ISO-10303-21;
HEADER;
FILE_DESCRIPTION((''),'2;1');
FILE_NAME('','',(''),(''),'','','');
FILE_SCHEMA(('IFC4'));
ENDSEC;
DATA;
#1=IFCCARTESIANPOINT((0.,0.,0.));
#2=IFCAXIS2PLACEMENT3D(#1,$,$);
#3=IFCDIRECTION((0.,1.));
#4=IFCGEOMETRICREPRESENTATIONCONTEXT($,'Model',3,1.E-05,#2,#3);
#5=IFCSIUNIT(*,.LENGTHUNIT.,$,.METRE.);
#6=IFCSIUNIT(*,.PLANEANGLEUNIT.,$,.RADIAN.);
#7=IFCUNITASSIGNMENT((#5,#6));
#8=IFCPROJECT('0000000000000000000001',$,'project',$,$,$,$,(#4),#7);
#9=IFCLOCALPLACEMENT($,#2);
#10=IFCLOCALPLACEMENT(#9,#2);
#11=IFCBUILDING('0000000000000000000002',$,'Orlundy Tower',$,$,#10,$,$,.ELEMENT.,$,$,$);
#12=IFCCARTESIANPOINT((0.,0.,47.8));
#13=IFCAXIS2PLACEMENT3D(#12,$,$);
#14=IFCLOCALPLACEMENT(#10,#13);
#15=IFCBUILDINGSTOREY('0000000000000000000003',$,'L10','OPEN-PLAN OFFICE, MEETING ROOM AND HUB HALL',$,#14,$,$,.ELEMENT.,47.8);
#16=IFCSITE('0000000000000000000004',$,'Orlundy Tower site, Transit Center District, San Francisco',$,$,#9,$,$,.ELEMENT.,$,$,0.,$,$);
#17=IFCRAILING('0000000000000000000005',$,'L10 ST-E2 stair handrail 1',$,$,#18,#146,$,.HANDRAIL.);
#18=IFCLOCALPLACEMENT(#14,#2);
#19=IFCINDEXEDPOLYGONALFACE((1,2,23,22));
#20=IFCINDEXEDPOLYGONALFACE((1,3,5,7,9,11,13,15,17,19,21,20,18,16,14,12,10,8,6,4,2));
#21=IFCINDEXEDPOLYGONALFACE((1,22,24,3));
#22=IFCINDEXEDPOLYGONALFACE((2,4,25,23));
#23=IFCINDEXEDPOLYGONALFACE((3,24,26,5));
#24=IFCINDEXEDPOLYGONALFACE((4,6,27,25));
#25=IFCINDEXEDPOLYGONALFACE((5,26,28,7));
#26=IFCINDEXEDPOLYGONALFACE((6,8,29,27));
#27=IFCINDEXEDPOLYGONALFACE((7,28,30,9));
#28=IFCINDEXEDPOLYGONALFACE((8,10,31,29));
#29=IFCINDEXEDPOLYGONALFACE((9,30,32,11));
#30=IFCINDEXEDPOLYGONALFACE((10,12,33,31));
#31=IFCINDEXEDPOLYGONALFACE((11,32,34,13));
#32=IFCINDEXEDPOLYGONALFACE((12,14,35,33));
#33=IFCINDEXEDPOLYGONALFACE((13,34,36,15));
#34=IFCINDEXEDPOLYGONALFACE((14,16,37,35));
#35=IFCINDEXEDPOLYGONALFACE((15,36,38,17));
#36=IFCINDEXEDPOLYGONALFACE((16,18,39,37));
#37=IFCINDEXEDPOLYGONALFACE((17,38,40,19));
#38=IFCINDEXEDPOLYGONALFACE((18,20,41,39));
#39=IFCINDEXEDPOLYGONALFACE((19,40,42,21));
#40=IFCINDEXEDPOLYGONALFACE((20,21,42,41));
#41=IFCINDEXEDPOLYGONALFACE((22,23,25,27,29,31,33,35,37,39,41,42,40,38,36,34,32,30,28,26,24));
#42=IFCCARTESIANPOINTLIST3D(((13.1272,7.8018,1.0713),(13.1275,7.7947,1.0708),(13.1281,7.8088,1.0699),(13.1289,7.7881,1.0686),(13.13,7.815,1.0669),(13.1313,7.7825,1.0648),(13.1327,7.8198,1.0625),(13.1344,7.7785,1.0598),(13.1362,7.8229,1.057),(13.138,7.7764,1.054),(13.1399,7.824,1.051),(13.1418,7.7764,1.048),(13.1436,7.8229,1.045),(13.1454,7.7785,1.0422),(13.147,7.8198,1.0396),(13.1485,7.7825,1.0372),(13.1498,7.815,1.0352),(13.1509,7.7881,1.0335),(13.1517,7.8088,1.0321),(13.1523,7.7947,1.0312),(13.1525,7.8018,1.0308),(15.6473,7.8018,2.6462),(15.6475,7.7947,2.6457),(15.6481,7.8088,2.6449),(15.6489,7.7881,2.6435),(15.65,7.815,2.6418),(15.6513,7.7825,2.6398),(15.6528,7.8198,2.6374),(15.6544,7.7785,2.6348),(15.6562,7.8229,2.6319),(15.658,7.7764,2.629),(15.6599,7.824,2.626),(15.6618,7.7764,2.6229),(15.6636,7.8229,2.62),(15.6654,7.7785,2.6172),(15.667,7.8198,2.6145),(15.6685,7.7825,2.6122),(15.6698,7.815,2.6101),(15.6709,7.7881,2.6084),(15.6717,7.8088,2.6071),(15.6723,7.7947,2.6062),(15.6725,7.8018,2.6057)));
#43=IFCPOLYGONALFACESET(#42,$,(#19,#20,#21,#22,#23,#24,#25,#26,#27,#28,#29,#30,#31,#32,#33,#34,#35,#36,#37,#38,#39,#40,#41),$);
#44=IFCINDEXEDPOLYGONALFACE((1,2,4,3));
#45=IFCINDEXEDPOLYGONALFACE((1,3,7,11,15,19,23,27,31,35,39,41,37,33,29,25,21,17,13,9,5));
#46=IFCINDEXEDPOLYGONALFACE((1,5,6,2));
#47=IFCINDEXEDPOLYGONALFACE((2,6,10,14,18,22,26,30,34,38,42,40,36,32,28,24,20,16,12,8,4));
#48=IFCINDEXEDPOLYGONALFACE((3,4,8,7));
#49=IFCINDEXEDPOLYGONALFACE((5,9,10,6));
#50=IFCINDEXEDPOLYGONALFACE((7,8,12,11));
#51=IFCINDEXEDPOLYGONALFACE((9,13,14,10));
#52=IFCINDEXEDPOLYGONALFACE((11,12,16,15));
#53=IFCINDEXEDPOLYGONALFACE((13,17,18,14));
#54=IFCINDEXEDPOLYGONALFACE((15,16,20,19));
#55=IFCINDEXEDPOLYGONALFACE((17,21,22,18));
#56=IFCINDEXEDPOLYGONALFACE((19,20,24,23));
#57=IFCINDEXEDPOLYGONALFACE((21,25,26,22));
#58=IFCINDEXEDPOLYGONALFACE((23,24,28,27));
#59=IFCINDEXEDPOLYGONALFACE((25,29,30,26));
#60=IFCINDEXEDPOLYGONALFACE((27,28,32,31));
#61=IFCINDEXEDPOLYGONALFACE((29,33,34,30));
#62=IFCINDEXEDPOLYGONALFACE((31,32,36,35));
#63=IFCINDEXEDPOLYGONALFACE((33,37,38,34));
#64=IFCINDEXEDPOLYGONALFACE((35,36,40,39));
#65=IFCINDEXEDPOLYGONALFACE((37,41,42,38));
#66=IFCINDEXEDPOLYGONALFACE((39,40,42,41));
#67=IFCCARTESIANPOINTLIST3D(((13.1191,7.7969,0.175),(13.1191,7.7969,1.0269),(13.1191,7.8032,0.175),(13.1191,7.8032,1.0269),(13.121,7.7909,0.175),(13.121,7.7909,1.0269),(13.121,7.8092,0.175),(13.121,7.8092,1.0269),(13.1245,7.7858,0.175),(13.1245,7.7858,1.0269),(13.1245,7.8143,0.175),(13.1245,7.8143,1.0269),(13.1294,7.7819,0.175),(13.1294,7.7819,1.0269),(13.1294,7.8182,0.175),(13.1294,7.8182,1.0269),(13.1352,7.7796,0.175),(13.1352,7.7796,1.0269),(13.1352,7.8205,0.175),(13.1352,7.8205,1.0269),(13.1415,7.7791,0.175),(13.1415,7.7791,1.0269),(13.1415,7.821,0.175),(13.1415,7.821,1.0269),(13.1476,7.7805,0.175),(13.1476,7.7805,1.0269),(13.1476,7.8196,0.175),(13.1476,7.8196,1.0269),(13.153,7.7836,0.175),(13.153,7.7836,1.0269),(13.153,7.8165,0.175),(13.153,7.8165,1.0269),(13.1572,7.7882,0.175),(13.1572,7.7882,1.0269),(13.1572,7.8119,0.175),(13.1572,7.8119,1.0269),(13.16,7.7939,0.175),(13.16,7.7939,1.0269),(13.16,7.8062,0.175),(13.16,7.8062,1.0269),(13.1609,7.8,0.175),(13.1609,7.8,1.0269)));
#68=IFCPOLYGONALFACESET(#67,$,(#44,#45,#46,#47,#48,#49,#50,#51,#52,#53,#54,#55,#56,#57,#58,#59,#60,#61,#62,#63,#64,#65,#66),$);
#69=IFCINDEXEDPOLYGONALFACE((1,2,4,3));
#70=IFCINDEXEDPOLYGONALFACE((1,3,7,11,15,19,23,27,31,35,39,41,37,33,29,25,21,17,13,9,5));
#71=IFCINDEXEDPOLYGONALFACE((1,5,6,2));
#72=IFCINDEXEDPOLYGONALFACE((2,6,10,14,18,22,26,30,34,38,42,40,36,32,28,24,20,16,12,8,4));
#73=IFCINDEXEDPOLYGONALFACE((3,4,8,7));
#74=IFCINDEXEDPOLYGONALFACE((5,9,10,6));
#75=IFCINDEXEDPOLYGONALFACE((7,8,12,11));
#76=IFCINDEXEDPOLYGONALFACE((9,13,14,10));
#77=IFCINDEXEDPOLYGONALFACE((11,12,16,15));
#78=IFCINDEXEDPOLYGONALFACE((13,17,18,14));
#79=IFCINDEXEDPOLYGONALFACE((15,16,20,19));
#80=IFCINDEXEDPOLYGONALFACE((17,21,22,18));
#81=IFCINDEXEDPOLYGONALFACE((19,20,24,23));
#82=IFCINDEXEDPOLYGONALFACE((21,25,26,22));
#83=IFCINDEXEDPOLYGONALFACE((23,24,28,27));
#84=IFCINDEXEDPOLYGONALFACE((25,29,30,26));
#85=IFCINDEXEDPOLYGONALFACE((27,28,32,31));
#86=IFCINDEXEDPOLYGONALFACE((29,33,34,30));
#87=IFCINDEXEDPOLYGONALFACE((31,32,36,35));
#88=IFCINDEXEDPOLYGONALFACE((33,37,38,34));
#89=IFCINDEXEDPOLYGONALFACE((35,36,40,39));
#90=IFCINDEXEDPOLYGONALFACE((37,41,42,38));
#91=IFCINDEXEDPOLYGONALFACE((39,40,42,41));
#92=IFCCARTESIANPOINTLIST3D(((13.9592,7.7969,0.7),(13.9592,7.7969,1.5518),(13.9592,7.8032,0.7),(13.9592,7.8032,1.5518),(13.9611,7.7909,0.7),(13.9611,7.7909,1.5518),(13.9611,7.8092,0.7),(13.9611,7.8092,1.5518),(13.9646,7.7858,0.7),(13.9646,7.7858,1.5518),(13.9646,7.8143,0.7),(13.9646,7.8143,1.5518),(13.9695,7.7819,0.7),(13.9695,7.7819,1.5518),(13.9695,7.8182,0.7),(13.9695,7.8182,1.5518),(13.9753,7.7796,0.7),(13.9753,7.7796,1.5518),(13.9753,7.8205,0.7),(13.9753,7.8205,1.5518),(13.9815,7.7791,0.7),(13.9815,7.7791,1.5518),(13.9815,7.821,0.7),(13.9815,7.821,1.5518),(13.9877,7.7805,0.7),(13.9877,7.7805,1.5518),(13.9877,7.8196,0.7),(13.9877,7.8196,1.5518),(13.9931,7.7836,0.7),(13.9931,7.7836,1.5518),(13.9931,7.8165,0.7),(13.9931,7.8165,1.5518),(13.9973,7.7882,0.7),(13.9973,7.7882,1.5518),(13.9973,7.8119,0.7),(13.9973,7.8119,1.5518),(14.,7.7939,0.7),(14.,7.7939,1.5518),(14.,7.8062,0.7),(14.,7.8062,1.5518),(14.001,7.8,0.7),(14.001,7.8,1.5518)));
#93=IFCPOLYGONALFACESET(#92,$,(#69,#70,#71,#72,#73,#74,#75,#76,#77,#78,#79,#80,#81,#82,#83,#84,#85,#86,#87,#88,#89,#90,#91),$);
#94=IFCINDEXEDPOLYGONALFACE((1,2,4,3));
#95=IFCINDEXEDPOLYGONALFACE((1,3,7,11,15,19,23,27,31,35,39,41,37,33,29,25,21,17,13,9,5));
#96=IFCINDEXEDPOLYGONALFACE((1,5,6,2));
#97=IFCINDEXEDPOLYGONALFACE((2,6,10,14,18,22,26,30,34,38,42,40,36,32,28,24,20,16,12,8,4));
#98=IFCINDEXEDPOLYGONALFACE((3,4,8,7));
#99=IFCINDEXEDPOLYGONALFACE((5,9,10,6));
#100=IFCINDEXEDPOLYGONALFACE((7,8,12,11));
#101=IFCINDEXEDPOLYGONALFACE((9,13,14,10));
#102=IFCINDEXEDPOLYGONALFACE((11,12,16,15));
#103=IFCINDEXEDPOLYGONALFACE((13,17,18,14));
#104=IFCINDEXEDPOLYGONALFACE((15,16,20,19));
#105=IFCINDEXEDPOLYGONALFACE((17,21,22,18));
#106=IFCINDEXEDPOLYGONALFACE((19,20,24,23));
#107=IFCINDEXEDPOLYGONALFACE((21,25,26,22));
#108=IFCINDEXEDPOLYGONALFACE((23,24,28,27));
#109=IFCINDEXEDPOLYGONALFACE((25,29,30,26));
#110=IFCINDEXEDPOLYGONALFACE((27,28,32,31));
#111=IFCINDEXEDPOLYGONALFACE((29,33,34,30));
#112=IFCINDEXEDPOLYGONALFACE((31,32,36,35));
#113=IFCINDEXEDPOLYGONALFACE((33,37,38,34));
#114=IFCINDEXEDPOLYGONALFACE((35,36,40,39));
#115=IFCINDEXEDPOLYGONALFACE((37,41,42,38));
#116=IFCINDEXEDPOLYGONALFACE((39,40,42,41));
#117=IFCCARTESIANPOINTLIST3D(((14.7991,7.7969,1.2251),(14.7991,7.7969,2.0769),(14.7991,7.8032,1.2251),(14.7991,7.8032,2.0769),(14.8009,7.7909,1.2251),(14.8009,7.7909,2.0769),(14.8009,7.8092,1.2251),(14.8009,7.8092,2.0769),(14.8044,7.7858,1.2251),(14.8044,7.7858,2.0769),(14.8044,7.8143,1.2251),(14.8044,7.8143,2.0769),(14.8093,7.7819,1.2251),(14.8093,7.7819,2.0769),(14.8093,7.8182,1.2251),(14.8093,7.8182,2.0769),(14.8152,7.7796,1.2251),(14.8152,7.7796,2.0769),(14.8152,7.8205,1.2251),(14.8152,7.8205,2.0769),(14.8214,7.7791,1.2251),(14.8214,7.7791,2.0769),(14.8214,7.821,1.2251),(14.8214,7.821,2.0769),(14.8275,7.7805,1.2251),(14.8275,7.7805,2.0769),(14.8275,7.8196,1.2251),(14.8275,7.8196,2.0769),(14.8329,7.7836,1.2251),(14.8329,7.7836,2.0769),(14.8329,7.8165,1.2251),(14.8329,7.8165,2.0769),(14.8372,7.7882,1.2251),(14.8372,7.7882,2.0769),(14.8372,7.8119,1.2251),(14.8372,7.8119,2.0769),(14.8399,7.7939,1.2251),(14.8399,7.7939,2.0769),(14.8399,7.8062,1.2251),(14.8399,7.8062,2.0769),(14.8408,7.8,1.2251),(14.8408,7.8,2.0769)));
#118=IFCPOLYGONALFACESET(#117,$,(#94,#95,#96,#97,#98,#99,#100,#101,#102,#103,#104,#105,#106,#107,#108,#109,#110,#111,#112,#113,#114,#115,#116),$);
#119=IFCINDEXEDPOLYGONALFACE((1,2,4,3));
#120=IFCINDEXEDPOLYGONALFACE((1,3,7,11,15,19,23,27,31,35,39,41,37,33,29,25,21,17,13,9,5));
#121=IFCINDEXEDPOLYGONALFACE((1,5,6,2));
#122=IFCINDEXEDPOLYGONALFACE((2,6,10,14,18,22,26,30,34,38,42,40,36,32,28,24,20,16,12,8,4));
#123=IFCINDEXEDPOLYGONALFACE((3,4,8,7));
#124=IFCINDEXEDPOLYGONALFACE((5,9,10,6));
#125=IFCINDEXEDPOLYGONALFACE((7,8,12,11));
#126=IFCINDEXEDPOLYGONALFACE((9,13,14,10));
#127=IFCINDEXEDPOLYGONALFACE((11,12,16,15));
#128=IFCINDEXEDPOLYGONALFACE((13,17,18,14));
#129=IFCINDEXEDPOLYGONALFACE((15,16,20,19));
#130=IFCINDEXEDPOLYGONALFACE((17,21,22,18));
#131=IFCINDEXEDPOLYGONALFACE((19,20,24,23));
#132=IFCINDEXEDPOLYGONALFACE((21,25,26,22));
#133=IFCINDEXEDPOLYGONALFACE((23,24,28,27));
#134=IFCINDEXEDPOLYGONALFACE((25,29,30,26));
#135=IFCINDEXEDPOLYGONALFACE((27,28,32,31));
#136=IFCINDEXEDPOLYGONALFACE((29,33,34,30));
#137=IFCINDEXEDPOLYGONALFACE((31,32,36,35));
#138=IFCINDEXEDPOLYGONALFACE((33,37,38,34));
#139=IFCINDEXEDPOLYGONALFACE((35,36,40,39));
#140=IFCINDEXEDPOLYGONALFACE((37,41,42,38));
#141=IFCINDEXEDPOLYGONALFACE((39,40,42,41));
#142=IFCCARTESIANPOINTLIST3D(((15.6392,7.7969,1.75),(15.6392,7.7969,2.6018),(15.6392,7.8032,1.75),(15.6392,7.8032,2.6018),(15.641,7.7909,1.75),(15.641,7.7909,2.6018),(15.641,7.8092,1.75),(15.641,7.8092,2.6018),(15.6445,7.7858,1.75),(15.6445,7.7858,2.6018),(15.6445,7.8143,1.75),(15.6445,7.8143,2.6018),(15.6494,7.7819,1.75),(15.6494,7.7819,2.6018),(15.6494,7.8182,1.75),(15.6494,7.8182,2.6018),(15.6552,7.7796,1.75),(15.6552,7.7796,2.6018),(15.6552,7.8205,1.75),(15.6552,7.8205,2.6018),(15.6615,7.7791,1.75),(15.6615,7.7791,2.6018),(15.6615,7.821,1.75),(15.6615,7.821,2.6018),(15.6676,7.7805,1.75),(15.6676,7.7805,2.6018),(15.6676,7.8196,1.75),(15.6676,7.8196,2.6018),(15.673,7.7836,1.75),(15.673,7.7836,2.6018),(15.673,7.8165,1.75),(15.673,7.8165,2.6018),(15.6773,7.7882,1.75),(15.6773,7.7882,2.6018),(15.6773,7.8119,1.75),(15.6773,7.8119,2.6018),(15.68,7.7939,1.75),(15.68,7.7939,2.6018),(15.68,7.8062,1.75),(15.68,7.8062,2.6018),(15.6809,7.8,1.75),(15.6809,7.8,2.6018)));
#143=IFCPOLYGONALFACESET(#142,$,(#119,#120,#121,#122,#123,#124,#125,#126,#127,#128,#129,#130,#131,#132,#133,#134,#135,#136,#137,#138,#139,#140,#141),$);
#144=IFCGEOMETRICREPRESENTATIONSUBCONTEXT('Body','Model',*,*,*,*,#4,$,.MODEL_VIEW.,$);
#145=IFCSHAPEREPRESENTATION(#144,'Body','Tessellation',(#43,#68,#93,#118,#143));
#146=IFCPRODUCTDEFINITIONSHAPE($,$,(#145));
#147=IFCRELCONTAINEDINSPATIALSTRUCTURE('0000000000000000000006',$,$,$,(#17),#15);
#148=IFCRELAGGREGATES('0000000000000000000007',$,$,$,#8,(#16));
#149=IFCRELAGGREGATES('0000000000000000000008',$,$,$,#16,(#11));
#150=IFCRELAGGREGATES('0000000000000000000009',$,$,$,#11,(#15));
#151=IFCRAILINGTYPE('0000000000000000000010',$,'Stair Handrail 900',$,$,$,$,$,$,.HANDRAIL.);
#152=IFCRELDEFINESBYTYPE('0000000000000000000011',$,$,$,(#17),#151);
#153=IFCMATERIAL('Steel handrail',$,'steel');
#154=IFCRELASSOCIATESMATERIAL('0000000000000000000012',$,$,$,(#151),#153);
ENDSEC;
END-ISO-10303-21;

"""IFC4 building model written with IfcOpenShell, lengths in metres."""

from ifc_helpers import new_model, si_unit, direction, frame, origin, origin_2d, place, context, subcontext, project, spatial, circle, extrude, material, type_object, element, save


model = new_model("IFC4")

# Units and contexts
model_context = context("Model", 3, precision=1e-05, world=origin(), true_north=direction((0.0, 1.0)))
body_context = subcontext(model_context, "Body", "Model", "MODEL_VIEW")
ifc_project = project(units=[si_unit("LENGTHUNIT", "METRE"), si_unit("PLANEANGLEUNIT", "RADIAN")], contexts=[model_context])

# Site, building, storey
site_placement = place(None, origin())
site = spatial("IfcSite", under=ifc_project, at=site_placement, Name="Orlundy Tower site, Transit Center District, San Francisco", CompositionType="ELEMENT", RefElevation=0.0)
building_placement = place(site_placement, origin())
building = spatial("IfcBuilding", under=site, at=building_placement, Name="Orlundy Tower", CompositionType="ELEMENT")
storey_placement = place(building_placement, frame((0.0, 0.0, 47.8)))
storey = spatial("IfcBuildingStorey", under=building, at=storey_placement, Name="L10", Description="OPEN-PLAN OFFICE, MEETING ROOM AND HUB HALL", CompositionType="ELEMENT", Elevation=47.8)

# Railing
ifc_material_1 = material(Name="Steel handrail", Category="steel")
railing_type_1 = type_object("IfcRailingType", Name="Stair Handrail 900", PredefinedType="HANDRAIL", material=ifc_material_1)
railing_1_placement = place(storey_placement, frame((13.1399, 7.8, 0.175)))
element("IfcRailing", 1, at=railing_1_placement, inside=storey, type_object=railing_type_1, Name="L10 ST-E2 stair handrail 1", PredefinedType="HANDRAIL", context=body_context, shape_type="SweptSolid", body=[
    extrude(circle(Radius=0.0239, at=origin_2d()), frame((0.0, 0.0, 0.876), z_axis=(0.848008, 0.0, 0.529984), x_axis=(0.0, 1.0, 0.0)), (0.0, 0.0, 1.0), 2.9717),
    extrude(circle(Radius=0.021, at=origin_2d()), origin(), (0.0, 0.0, 1.0), 0.8518),
    extrude(circle(Radius=0.021, at=origin_2d()), frame((0.8401, 0.0, 0.5249)), (0.0, 0.0, 1.0), 0.8518),
    extrude(circle(Radius=0.021, at=origin_2d()), frame((1.6799, 0.0, 1.05)), (0.0, 0.0, 1.0), 0.8518),
    extrude(circle(Radius=0.021, at=origin_2d()), frame((2.52, 0.0, 1.575)), (0.0, 0.0, 1.0), 0.8518),
])

save(model, "model.ifc")
